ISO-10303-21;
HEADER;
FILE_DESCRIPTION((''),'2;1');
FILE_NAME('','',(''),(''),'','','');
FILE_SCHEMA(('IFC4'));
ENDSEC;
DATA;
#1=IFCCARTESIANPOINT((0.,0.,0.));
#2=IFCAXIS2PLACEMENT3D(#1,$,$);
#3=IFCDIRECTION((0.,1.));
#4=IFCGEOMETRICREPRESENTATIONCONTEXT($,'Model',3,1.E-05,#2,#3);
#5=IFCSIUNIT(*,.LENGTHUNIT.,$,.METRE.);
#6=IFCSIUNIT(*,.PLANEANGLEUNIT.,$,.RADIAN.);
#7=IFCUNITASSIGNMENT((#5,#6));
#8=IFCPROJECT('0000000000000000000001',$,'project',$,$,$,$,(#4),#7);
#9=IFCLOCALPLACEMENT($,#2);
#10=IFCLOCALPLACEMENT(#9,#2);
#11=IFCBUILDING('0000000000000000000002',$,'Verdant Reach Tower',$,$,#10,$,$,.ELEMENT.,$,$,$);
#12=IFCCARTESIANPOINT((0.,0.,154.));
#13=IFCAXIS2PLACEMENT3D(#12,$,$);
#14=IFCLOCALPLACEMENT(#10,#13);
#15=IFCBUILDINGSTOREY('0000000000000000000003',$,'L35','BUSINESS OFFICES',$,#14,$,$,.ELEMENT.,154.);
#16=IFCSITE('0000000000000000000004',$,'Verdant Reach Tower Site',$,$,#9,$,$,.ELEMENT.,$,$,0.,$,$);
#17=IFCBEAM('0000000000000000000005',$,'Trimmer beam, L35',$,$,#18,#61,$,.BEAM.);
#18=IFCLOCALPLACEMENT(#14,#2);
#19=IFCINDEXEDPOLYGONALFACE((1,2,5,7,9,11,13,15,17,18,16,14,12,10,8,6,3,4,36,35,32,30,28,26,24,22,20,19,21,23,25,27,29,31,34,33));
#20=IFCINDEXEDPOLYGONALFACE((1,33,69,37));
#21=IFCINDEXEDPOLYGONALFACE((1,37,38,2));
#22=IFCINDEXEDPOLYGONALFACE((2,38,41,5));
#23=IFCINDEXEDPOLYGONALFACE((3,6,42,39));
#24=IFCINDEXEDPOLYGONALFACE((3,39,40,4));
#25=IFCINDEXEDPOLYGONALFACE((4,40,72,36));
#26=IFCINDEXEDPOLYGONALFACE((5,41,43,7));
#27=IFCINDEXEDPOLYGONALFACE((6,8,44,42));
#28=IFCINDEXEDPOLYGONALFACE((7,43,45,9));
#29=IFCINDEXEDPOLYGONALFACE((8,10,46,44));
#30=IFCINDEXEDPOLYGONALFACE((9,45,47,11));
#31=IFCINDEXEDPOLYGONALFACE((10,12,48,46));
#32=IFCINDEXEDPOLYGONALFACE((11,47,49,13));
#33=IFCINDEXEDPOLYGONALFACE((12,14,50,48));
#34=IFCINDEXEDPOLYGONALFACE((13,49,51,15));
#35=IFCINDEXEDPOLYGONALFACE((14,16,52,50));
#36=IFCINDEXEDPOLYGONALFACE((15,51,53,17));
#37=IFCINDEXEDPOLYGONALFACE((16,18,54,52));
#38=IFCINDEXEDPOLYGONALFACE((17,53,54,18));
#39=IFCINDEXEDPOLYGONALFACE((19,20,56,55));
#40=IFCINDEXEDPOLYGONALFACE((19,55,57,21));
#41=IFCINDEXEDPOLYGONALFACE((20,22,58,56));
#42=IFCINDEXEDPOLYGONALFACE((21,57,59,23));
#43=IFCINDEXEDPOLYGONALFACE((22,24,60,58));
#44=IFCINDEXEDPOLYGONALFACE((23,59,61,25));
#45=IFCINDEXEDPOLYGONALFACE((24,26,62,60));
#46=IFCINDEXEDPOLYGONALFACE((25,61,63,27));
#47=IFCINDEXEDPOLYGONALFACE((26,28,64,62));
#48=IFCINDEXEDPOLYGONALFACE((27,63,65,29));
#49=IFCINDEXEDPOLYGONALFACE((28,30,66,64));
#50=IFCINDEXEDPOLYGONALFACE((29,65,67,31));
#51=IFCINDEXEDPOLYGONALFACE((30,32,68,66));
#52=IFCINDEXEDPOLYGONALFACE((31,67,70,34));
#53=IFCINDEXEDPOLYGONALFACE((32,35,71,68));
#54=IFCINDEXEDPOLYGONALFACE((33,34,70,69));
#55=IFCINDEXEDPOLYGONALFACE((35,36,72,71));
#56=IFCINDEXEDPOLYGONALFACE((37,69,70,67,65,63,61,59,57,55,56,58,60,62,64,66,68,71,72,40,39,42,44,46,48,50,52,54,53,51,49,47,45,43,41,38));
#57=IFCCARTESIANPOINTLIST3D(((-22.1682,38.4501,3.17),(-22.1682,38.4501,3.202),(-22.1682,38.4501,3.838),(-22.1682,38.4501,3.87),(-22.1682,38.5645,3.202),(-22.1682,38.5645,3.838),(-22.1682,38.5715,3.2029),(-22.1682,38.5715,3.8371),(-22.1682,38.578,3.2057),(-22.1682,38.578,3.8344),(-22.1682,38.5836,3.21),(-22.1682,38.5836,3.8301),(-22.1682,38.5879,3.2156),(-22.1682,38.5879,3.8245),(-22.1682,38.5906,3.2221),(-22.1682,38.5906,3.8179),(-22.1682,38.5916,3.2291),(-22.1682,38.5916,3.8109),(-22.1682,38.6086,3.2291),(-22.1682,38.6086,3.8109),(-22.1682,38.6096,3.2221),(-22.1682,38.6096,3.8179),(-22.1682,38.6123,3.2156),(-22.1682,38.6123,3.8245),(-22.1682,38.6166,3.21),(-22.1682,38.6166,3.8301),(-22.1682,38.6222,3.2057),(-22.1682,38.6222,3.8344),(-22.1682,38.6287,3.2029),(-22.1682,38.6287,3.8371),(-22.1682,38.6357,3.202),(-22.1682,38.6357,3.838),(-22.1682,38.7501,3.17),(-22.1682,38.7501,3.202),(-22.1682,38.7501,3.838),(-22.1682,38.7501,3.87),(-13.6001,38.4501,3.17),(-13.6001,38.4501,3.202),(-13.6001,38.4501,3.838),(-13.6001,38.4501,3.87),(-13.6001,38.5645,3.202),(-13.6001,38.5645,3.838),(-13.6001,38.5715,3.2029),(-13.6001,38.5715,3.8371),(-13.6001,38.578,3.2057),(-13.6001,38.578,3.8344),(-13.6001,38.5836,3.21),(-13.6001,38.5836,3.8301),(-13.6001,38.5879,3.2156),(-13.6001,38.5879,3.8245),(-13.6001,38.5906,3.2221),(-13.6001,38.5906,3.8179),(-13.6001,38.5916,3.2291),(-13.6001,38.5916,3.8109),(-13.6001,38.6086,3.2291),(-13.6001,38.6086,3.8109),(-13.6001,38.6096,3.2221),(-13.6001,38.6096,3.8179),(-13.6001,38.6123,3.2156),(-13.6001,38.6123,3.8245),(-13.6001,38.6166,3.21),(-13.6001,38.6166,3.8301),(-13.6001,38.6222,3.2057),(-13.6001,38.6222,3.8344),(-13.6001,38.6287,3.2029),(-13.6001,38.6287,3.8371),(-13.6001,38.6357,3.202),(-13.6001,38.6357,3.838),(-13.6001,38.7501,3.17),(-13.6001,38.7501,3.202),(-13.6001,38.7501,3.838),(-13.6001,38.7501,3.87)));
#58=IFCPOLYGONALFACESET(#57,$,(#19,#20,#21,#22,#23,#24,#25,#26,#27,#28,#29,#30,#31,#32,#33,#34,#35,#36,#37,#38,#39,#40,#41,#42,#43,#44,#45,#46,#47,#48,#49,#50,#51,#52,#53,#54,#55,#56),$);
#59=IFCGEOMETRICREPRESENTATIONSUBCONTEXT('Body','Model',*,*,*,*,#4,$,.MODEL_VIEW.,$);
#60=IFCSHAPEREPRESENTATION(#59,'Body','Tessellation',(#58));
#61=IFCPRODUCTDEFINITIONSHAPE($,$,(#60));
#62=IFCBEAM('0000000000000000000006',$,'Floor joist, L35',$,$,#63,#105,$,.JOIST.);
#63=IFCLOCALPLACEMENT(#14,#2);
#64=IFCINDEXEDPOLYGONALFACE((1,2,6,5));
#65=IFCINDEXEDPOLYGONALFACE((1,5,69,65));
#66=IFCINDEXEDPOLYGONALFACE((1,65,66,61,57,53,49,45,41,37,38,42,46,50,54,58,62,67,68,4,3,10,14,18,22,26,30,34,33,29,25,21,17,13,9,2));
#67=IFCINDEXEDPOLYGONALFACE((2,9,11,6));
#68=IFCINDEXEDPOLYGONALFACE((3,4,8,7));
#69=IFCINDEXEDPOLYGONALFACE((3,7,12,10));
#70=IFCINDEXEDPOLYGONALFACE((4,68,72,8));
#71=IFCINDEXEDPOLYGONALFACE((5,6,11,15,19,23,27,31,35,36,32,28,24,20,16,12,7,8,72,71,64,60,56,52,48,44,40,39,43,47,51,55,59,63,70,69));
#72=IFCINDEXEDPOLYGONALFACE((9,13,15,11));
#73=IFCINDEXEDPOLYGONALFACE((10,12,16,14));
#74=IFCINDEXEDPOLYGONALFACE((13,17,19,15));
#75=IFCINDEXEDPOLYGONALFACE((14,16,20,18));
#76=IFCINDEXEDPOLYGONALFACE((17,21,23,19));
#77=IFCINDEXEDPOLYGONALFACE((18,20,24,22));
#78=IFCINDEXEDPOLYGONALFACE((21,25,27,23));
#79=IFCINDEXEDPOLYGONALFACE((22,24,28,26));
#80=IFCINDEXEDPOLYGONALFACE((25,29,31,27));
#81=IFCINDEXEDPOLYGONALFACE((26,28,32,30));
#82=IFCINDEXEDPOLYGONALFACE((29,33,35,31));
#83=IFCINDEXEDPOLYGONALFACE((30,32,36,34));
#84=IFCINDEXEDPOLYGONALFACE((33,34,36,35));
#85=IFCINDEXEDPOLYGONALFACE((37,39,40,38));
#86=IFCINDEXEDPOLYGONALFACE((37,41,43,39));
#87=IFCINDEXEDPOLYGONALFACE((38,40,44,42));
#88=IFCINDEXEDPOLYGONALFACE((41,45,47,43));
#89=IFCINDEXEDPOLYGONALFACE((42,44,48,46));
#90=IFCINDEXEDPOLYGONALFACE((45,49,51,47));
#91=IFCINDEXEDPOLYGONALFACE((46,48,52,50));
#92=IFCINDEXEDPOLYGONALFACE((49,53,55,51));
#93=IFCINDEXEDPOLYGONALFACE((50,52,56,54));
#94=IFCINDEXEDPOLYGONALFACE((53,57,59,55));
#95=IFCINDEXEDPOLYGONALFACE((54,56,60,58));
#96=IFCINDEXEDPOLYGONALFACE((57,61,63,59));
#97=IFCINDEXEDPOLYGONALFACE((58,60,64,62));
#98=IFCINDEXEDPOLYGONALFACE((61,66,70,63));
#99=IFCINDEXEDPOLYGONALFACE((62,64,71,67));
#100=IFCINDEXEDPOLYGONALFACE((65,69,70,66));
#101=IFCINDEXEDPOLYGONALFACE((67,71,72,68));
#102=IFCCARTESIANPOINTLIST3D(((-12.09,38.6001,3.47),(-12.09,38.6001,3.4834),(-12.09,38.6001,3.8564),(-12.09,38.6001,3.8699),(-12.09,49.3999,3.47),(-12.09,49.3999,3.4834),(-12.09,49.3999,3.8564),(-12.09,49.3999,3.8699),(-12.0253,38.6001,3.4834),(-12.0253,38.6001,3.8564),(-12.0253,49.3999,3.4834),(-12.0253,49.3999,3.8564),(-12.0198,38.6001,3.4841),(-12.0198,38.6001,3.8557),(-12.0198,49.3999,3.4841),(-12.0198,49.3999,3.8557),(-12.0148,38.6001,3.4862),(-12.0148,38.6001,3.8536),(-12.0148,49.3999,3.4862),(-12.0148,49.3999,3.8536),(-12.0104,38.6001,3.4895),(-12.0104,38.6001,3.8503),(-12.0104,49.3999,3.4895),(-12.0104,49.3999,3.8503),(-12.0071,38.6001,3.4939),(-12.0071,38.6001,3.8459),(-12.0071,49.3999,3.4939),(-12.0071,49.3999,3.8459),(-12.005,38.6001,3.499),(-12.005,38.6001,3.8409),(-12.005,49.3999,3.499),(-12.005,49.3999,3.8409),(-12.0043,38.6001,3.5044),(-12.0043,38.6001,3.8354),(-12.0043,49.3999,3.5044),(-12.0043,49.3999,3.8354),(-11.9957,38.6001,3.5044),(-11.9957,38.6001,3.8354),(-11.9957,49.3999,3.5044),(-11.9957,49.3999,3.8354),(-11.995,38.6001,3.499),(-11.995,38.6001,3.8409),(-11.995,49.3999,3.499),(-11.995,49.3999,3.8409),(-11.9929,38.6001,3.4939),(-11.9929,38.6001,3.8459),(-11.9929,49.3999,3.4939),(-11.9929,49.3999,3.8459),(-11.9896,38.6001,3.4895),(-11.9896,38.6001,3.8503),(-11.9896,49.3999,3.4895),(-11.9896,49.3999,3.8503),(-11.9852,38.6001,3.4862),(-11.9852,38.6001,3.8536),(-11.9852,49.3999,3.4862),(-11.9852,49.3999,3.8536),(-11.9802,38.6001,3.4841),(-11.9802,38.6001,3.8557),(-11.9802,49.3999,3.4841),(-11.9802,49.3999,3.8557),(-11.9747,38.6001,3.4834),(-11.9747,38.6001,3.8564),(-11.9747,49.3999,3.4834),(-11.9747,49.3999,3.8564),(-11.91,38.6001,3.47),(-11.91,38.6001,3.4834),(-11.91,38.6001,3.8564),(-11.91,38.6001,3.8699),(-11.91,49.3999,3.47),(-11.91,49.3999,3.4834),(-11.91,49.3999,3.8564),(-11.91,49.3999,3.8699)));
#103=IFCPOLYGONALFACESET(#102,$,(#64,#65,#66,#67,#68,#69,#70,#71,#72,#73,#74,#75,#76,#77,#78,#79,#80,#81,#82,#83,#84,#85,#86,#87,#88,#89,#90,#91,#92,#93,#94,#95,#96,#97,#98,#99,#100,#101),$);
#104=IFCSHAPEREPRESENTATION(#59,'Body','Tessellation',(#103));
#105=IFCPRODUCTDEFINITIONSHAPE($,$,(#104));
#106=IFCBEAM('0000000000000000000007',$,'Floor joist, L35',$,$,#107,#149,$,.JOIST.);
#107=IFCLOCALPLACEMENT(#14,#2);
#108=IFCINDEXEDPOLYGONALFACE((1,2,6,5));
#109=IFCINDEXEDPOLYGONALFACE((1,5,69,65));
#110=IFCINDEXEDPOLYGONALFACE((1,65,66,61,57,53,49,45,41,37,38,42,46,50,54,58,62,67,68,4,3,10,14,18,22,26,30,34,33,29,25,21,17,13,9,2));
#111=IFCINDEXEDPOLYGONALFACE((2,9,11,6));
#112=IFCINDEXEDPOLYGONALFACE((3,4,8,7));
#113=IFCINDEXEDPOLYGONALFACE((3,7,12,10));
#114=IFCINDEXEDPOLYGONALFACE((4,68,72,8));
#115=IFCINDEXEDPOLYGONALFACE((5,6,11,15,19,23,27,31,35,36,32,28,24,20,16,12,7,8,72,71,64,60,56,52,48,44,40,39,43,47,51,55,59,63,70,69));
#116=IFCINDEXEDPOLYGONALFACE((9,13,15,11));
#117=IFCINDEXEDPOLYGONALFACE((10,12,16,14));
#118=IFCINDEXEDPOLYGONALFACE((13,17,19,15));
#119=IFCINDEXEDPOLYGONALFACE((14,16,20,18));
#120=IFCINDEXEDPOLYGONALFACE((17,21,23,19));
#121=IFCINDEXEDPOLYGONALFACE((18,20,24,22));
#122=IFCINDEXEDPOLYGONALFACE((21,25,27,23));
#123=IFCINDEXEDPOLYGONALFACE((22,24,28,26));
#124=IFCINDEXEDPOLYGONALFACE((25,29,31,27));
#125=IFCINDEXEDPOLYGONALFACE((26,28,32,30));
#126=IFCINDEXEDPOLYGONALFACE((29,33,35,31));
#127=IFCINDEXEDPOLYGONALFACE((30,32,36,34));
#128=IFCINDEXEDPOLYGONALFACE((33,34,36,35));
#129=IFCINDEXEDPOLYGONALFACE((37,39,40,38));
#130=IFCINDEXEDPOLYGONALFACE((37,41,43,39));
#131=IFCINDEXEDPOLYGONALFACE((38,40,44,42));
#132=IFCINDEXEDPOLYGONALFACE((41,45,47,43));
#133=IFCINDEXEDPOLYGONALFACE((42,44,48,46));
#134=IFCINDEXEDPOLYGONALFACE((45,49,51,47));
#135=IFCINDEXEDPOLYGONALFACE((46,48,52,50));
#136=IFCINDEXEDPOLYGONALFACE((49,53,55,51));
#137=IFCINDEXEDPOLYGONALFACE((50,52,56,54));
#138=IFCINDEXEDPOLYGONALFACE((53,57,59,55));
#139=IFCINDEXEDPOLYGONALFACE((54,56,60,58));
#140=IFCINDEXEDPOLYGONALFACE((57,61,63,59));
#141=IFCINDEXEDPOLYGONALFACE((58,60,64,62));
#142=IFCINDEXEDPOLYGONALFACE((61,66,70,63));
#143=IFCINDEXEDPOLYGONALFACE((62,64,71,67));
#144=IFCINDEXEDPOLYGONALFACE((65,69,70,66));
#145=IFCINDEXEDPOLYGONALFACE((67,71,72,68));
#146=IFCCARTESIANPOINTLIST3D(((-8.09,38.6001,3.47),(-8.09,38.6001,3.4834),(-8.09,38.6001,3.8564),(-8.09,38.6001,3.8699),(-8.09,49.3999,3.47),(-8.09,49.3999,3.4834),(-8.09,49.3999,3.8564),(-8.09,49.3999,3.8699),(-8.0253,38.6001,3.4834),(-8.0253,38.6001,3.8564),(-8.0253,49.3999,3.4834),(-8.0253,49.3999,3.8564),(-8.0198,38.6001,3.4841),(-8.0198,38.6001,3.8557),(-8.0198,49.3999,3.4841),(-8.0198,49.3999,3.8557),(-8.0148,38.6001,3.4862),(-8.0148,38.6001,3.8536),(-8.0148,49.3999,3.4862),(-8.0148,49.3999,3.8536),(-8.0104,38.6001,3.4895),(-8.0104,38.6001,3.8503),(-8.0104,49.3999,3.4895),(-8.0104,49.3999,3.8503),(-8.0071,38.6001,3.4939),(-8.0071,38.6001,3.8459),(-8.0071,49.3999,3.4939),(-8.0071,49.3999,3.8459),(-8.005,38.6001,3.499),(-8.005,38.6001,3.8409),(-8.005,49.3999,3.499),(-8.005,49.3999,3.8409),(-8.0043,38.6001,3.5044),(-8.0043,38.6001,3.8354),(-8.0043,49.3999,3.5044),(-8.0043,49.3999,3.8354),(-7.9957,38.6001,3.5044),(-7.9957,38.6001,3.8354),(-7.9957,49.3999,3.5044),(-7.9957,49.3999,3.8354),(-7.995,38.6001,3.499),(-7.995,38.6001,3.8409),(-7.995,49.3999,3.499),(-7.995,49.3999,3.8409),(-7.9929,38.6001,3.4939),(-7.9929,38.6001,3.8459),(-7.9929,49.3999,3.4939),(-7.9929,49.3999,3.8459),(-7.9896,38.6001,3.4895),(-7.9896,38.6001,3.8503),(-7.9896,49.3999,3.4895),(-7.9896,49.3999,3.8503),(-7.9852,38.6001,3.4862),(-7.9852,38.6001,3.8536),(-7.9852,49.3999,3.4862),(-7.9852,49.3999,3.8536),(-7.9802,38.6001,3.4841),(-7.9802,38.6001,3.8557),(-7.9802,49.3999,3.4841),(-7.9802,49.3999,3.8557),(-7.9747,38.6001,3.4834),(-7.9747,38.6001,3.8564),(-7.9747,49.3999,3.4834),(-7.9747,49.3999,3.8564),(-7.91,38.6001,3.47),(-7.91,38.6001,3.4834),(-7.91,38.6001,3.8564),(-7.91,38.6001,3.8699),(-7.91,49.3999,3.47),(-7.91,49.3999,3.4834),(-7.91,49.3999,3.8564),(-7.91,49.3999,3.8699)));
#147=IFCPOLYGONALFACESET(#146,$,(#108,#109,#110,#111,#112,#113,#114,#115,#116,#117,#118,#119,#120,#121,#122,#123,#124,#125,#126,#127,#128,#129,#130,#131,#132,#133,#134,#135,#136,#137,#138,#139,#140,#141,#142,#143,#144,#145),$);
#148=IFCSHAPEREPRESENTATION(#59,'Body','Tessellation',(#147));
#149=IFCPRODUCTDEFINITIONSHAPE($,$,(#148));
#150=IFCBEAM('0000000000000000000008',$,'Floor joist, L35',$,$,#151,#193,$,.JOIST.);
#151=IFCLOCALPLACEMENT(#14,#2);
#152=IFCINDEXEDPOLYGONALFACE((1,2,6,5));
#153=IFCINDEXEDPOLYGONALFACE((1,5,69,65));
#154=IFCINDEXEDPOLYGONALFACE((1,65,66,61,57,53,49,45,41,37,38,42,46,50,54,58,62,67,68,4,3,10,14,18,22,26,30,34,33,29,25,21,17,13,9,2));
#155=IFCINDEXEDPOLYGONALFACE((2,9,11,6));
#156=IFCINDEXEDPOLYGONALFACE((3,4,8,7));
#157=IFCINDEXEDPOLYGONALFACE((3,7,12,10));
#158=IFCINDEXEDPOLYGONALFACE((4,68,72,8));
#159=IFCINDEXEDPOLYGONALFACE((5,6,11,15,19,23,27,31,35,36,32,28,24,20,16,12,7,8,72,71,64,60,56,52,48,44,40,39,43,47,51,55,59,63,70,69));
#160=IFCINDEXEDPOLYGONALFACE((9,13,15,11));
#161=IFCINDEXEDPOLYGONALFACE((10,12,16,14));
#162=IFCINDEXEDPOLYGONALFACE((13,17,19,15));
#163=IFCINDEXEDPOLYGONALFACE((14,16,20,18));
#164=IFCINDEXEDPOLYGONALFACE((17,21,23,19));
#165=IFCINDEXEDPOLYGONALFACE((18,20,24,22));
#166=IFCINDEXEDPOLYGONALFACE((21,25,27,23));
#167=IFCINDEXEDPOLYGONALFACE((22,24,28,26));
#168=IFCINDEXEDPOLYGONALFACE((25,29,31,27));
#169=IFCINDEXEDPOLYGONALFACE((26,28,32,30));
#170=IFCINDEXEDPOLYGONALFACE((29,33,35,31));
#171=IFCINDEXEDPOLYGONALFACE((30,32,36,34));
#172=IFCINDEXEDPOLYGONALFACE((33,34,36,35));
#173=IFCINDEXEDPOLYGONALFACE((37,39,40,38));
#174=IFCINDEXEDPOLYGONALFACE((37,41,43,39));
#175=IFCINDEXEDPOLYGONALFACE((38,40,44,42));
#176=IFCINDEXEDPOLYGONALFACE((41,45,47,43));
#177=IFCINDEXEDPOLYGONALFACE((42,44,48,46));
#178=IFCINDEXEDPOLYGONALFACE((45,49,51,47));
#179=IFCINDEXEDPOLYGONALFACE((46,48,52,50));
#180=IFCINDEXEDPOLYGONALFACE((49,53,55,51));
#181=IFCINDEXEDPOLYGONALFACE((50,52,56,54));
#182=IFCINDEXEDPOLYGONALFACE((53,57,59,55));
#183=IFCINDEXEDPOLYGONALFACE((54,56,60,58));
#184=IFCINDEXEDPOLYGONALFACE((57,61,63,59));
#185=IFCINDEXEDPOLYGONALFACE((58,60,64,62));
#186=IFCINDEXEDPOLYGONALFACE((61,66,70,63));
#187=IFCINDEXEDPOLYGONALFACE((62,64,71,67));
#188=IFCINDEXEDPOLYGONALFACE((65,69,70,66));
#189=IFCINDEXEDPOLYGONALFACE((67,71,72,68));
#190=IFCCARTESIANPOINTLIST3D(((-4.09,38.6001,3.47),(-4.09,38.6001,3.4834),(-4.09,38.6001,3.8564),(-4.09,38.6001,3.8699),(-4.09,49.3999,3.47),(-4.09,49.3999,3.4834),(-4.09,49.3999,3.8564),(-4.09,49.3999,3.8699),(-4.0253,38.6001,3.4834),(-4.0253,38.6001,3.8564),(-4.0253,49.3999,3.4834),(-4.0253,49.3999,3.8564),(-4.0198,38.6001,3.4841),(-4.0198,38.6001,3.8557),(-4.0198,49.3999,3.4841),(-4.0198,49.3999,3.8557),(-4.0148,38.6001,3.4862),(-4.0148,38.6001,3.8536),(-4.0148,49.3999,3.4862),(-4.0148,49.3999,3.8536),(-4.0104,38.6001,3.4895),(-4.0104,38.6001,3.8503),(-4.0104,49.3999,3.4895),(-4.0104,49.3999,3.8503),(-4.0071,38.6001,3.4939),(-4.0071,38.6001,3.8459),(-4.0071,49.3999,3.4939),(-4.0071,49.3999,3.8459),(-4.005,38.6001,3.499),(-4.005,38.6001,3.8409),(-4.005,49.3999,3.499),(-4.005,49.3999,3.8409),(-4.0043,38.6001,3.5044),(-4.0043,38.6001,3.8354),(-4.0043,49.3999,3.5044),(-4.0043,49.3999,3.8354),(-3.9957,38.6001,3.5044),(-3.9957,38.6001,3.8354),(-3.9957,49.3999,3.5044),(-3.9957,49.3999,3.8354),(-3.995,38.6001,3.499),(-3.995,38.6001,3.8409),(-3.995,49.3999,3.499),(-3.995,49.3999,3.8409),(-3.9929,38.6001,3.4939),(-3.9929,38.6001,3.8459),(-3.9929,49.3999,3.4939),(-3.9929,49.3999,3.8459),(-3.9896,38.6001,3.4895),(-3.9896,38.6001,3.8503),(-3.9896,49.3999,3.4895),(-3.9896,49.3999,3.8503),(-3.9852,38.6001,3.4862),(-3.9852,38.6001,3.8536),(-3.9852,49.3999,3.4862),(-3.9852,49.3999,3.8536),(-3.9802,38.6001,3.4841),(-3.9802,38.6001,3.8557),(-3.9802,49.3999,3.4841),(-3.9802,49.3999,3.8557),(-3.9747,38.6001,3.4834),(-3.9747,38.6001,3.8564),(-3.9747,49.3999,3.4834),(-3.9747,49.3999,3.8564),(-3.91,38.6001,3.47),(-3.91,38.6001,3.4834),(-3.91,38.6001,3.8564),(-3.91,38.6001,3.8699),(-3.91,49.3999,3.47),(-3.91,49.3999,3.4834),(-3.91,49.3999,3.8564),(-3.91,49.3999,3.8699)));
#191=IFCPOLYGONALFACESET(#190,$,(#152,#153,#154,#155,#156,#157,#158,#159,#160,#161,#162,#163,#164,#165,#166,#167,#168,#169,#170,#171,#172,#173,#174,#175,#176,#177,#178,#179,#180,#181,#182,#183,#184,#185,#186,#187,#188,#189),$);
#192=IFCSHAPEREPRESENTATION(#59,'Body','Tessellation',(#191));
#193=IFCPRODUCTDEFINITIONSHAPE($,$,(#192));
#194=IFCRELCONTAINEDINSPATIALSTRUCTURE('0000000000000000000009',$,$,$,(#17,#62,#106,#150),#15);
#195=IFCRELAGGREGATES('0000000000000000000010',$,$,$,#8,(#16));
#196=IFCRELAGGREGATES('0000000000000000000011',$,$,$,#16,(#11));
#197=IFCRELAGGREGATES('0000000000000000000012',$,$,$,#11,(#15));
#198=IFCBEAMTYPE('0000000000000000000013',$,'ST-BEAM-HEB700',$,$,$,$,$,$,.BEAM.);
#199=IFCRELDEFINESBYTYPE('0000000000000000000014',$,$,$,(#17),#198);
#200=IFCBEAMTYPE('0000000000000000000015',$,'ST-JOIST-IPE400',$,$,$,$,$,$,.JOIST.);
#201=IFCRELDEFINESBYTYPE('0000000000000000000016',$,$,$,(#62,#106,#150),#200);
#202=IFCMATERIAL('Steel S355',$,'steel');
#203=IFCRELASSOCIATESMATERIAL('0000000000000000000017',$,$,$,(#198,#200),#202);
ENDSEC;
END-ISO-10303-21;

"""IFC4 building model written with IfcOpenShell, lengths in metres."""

from ifc_helpers import new_model, si_unit, direction, frame, origin, origin_2d, place, context, subcontext, project, spatial, i_section, extrude, material, material_profile, profile_set, type_object, element, save


model = new_model("IFC4")

# Units and contexts
model_context = context("Model", 3, precision=1e-05, world=origin(), true_north=direction((0.0, 1.0)))
body_context = subcontext(model_context, "Body", "Model", "MODEL_VIEW")
ifc_project = project(units=[si_unit("LENGTHUNIT", "METRE"), si_unit("PLANEANGLEUNIT", "RADIAN")], contexts=[model_context])

# Site, building, storey
site_placement = place(None, origin())
site = spatial("IfcSite", under=ifc_project, at=site_placement, Name="Verdant Reach Tower Site", CompositionType="ELEMENT", RefElevation=0.0)
building_placement = place(site_placement, origin())
building = spatial("IfcBuilding", under=site, at=building_placement, Name="Verdant Reach Tower", CompositionType="ELEMENT")
storey_placement = place(building_placement, frame((0.0, 0.0, 154.0)))
storey = spatial("IfcBuildingStorey", under=building, at=storey_placement, Name="L35", Description="BUSINESS OFFICES", CompositionType="ELEMENT", Elevation=154.0)

# Beams
ifc_material_1 = material(Name="Steel S355", Category="steel")
ifc_material_profile_1 = material_profile(ifc_material_1, i_section(OverallWidth=0.3, OverallDepth=0.7, WebThickness=0.0171, FlangeThickness=0.032, FilletRadius=0.0271, at=origin_2d()), Name="HEB 700")
ifc_profile_set_1 = profile_set([ifc_material_profile_1], Name="Steel S355")
beam_type_1 = type_object("IfcBeamType", Name="ST-BEAM-HEB700", PredefinedType="BEAM", material=ifc_profile_set_1)
beam_placement = place(storey_placement, frame((-13.6001, 38.6001, 3.52), z_axis=(-1.0, 0.0, 0.0), x_axis=(0.0, -1.0, 0.0)))
element("IfcBeam", 1, at=beam_placement, inside=storey, type_object=beam_type_1, Name="Trimmer beam, L35", PredefinedType="BEAM", context=body_context, shape_type="SweptSolid", body=[
    extrude(i_section(OverallWidth=0.3, OverallDepth=0.7, WebThickness=0.0171, FlangeThickness=0.032, FilletRadius=0.0271, at=origin_2d()), origin(), (0.0, 0.0, 1.0), 8.5681),
])
ifc_material_profile_2 = material_profile(ifc_material_1, i_section(OverallWidth=0.1799, OverallDepth=0.3999, WebThickness=0.0085, FlangeThickness=0.0134, FilletRadius=0.021, at=origin_2d()), Name="IPE 400")
ifc_profile_set_2 = profile_set([ifc_material_profile_2], Name="Steel S355")
beam_type_2 = type_object("IfcBeamType", Name="ST-JOIST-IPE400", PredefinedType="JOIST", material=ifc_profile_set_2)
for number, where, z_axis, x_axis, name in (
    (2, (-12.0, 38.6001, 3.6699), (0.0, 1.0, 0.0), (-1.0, 0.0, 0.0), "Floor joist, L35"),
    (3, (-8.0, 38.6001, 3.6699), (0.0, 1.0, 0.0), (-1.0, 0.0, 0.0), "Floor joist, L35"),
    (4, (-4.0, 38.6001, 3.6699), (0.0, 1.0, 0.0), (-1.0, 0.0, 0.0), "Floor joist, L35"),
):
    element("IfcBeam", number, at=place(storey_placement, frame(where, z_axis=z_axis, x_axis=x_axis)), inside=storey, type_object=beam_type_2, Name=name, PredefinedType="JOIST", context=body_context, shape_type="SweptSolid", body=[
        extrude(i_section(OverallWidth=0.1799, OverallDepth=0.3999, WebThickness=0.0085, FlangeThickness=0.0134, FilletRadius=0.021, at=origin_2d()), origin(), (0.0, 0.0, 1.0), 10.7998),
    ])

save(model, "model.ifc")
